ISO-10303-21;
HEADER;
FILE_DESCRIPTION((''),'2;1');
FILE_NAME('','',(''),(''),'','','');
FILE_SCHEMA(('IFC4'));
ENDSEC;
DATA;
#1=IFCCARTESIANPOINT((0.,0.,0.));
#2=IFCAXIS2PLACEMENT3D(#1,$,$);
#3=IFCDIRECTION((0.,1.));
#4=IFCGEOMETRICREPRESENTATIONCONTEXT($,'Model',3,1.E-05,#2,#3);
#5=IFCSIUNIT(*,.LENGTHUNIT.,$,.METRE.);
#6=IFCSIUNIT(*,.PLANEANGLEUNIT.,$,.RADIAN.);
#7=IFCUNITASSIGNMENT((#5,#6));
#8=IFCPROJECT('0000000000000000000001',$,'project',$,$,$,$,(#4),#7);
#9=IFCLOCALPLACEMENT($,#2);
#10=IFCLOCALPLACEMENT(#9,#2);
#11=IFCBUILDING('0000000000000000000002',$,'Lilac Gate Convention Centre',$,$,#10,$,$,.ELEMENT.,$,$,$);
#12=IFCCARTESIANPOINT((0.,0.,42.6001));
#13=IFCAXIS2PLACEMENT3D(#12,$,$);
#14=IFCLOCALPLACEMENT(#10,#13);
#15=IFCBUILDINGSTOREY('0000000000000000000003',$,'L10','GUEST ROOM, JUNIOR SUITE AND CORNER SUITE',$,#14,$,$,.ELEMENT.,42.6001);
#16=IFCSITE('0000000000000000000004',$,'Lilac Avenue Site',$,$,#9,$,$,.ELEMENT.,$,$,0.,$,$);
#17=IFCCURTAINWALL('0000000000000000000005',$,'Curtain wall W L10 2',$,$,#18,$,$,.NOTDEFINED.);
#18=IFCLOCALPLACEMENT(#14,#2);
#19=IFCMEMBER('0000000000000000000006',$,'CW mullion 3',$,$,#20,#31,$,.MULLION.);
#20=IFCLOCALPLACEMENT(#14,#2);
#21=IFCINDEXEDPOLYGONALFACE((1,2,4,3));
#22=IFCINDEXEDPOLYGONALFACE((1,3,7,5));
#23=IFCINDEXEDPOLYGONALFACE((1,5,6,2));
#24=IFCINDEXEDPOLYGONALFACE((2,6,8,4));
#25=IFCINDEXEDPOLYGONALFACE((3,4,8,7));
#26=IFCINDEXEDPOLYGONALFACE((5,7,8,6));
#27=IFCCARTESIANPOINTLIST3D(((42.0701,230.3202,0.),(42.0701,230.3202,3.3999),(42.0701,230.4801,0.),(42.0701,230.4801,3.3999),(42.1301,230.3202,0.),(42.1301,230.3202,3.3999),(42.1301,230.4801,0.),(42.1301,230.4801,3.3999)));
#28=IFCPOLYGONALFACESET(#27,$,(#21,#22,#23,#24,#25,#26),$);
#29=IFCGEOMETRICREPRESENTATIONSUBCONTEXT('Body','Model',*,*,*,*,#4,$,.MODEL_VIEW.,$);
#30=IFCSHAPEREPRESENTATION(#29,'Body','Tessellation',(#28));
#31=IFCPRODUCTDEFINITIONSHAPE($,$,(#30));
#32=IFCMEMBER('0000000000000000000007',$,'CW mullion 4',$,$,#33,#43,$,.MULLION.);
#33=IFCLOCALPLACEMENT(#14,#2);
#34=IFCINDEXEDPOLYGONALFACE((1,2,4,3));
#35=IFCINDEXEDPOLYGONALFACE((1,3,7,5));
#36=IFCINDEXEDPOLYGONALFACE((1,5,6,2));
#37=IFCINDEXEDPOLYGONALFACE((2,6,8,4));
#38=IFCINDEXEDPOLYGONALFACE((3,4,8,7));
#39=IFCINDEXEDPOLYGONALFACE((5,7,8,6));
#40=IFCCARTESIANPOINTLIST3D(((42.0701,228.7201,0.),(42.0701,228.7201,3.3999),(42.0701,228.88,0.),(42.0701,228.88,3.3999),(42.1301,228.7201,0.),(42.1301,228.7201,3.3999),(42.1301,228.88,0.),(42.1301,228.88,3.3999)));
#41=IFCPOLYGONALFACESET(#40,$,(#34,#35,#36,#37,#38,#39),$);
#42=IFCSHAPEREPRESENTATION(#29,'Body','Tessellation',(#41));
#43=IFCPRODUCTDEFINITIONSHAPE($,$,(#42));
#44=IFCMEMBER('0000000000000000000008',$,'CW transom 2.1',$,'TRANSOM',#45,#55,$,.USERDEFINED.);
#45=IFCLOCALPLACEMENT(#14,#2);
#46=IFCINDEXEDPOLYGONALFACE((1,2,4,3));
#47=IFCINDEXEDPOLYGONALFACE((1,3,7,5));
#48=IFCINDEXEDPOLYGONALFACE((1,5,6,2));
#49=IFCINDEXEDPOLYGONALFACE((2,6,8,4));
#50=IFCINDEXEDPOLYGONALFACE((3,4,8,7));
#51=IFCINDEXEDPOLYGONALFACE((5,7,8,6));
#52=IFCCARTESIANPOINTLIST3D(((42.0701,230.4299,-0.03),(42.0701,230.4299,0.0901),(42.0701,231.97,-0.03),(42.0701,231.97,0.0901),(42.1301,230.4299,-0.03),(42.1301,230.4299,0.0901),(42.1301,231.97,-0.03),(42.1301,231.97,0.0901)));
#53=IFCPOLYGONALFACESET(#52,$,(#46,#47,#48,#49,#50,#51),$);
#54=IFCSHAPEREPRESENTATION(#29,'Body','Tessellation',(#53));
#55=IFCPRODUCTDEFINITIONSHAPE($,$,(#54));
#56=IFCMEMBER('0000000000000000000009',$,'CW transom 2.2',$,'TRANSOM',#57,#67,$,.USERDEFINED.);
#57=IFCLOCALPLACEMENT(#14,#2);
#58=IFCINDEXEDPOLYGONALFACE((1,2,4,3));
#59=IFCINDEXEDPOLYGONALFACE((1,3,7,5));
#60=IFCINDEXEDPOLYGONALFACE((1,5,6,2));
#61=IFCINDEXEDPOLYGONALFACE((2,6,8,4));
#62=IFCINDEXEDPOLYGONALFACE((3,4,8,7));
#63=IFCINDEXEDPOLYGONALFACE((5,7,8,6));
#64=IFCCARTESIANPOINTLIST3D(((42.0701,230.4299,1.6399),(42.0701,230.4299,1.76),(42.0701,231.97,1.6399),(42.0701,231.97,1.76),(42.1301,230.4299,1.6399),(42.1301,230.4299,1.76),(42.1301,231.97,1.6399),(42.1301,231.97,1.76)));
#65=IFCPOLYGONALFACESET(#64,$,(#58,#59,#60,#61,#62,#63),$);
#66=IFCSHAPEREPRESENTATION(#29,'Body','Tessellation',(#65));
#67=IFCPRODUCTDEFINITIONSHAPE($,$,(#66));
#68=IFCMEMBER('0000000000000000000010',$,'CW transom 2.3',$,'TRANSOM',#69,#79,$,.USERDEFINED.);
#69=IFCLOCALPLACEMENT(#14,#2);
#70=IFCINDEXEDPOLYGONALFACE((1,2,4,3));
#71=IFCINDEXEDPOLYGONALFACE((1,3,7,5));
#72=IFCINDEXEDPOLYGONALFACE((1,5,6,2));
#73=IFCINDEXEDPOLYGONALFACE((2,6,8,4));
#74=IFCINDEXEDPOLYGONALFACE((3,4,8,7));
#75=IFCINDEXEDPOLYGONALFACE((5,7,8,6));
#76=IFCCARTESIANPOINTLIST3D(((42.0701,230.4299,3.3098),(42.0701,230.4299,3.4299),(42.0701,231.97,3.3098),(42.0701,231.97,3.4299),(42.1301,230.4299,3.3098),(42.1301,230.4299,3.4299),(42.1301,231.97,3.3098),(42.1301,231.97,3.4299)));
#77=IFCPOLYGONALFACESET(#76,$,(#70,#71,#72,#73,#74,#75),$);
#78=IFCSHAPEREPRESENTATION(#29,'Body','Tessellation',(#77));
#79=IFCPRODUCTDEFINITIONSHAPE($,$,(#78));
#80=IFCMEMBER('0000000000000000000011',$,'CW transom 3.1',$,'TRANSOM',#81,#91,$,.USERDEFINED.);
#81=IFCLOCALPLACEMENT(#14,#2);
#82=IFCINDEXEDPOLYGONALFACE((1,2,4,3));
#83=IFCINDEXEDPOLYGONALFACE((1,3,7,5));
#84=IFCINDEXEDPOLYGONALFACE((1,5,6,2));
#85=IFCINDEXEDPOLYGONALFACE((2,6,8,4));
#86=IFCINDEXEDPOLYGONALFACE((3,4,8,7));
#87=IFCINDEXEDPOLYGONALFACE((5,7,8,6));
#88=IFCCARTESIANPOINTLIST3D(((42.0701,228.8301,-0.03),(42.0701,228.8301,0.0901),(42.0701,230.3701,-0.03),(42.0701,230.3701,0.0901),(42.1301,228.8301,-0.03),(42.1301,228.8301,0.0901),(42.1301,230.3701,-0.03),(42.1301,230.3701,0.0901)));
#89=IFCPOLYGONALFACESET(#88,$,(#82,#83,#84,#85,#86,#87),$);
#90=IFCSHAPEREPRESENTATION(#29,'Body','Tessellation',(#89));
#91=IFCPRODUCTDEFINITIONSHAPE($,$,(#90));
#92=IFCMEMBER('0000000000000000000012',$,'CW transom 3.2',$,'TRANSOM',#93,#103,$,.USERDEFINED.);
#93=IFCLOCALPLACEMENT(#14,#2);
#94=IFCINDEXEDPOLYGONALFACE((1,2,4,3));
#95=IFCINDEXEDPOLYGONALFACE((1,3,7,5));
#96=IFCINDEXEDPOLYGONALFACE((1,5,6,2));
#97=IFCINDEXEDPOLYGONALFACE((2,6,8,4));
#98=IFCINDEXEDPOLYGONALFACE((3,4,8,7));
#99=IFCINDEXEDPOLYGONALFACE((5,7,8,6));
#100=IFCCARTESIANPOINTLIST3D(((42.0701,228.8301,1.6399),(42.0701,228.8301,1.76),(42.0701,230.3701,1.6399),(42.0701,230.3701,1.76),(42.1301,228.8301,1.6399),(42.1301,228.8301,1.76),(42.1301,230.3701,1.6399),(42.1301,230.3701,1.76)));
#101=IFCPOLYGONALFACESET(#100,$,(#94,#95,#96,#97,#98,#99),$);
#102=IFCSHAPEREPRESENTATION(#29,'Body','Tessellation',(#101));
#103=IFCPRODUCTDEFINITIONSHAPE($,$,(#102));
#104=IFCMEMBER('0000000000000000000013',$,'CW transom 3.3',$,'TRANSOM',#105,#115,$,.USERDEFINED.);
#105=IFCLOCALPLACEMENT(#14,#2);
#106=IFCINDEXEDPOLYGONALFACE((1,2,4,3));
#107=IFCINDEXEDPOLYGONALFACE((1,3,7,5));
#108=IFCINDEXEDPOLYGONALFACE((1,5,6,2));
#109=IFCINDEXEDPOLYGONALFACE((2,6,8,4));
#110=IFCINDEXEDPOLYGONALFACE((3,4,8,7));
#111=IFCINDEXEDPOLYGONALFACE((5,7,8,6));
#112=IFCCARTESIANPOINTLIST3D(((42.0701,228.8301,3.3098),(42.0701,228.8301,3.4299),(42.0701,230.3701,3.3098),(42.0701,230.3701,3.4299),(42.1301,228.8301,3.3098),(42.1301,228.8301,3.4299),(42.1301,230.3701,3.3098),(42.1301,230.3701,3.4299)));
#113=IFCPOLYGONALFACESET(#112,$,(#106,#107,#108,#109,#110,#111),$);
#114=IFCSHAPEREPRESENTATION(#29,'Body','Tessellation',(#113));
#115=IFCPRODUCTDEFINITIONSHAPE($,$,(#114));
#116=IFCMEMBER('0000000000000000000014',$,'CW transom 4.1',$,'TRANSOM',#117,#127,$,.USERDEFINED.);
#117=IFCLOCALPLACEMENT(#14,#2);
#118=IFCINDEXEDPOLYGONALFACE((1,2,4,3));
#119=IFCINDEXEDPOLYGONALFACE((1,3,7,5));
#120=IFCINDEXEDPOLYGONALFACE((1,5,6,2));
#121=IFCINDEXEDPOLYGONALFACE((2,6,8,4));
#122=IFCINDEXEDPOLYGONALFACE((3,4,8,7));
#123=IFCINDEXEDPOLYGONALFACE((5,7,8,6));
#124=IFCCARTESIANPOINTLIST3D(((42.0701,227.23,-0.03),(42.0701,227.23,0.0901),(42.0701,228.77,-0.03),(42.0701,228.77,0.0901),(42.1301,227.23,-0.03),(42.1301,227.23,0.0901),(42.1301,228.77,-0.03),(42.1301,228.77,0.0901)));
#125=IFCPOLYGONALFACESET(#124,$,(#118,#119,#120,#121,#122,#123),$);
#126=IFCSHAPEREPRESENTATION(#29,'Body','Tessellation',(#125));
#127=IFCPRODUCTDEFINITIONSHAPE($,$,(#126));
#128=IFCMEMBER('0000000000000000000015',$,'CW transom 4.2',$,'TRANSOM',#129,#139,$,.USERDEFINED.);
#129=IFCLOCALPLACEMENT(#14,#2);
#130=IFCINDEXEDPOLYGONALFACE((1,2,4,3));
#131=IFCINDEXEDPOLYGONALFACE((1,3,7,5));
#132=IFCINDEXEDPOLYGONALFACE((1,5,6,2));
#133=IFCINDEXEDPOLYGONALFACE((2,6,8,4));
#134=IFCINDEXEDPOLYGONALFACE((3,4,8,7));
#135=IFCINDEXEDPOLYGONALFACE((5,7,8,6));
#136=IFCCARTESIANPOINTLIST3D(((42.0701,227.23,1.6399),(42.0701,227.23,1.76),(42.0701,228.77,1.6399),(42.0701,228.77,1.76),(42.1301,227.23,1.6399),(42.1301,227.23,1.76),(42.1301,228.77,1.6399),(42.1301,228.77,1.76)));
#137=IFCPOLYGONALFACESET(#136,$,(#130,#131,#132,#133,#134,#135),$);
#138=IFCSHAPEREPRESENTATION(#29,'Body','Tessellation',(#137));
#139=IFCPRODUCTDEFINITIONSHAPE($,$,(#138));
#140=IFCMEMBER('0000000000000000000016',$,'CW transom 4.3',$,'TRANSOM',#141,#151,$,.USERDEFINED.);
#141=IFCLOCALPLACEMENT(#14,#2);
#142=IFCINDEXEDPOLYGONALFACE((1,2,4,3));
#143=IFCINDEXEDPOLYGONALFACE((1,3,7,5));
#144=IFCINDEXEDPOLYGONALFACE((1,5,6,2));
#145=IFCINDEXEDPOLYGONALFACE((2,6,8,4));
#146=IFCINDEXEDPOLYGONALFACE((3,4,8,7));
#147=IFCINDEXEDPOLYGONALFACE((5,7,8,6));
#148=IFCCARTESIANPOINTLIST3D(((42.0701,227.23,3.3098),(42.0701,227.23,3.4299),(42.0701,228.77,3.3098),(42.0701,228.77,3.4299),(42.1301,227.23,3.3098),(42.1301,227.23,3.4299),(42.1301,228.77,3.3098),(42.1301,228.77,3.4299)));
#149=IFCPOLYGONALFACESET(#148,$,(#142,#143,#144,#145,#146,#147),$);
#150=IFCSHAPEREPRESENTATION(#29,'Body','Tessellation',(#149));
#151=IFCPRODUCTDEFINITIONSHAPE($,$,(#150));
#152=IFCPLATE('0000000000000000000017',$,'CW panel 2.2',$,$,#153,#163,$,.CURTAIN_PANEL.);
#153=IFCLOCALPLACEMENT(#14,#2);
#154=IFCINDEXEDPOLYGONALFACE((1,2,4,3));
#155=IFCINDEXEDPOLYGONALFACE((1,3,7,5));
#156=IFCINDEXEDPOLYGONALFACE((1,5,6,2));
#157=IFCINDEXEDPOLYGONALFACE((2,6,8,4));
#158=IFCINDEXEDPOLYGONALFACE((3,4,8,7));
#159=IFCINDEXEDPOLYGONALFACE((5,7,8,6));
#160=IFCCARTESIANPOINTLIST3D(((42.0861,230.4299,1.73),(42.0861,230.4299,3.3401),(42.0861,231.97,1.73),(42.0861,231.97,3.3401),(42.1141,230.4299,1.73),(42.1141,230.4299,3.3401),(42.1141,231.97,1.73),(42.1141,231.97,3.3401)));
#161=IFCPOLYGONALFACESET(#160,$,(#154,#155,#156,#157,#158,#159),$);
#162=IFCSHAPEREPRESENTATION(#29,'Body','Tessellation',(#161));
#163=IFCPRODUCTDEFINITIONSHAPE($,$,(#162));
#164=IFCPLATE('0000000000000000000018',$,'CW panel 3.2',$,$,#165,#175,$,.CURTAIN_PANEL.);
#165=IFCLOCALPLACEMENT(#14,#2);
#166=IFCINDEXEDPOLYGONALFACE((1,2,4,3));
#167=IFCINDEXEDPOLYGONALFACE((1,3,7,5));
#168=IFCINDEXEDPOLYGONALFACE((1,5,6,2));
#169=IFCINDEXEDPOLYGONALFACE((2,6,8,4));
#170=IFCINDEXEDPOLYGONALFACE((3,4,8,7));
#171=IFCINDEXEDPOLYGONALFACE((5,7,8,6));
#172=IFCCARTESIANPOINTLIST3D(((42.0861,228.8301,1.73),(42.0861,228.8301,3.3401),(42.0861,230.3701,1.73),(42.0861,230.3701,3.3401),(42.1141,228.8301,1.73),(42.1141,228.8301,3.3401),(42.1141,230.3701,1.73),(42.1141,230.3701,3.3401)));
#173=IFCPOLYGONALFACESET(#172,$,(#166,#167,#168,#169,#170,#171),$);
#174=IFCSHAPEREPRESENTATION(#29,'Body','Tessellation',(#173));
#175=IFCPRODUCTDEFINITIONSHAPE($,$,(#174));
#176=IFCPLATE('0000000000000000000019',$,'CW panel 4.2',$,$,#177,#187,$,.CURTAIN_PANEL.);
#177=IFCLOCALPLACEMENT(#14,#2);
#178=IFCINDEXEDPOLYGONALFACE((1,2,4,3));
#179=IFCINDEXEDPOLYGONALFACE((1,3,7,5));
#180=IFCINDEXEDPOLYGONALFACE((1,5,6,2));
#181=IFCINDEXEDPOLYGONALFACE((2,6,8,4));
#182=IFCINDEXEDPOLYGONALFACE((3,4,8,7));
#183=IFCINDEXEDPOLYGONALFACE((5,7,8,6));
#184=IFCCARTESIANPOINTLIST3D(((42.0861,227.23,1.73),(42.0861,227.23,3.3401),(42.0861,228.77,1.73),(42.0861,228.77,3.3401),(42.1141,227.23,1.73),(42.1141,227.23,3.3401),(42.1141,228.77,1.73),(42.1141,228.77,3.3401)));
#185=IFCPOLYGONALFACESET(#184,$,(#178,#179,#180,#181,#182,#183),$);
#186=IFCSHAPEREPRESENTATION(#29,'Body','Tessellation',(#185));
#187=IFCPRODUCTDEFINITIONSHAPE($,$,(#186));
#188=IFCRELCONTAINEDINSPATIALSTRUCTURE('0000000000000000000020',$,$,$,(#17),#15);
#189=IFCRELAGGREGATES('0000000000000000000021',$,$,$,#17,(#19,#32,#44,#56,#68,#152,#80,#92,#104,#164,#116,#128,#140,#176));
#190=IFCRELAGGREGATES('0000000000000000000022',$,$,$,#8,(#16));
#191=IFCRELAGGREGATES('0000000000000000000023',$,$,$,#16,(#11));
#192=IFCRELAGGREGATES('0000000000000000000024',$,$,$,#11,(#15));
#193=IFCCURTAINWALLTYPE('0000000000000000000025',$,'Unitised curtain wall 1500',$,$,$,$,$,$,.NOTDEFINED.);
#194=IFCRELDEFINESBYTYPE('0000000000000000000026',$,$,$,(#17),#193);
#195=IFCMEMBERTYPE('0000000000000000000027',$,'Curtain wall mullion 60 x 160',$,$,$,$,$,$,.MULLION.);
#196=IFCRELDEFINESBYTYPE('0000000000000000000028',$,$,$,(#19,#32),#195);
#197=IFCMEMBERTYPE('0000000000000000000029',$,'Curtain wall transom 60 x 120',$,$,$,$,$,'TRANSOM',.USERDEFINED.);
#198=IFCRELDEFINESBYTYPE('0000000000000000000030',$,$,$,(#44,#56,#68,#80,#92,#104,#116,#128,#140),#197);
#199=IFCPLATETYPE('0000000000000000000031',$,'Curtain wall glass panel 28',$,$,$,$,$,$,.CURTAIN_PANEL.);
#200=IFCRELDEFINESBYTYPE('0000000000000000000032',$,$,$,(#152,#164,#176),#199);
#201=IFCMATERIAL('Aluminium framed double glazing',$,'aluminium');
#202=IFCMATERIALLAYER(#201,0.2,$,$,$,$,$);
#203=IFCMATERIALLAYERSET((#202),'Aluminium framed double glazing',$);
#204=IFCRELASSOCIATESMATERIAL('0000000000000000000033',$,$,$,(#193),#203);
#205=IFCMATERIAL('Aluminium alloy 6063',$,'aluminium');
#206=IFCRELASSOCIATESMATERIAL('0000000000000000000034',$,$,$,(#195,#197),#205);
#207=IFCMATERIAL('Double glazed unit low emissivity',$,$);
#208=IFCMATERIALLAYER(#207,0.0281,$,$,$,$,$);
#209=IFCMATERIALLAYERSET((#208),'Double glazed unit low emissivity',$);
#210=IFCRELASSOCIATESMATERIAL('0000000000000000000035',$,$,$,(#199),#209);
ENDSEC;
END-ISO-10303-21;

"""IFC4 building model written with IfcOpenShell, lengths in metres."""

from ifc_helpers import new_model, si_unit, direction, frame, origin, origin_2d, place, context, subcontext, project, spatial, rectangle, extrude, material, layer, layer_set, material_profile, profile_set, type_object, element, aggregate, save


model = new_model("IFC4")

# Units and contexts
model_context = context("Model", 3, precision=1e-05, world=origin(), true_north=direction((0.0, 1.0)))
body_context = subcontext(model_context, "Body", "Model", "MODEL_VIEW")
ifc_project = project(units=[si_unit("LENGTHUNIT", "METRE"), si_unit("PLANEANGLEUNIT", "RADIAN")], contexts=[model_context])

# Site, building, storey
site_placement = place(None, origin())
site = spatial("IfcSite", under=ifc_project, at=site_placement, Name="Lilac Avenue Site", CompositionType="ELEMENT", RefElevation=0.0)
building_placement = place(site_placement, origin())
building = spatial("IfcBuilding", under=site, at=building_placement, Name="Lilac Gate Convention Centre", CompositionType="ELEMENT")
storey_placement = place(building_placement, frame((0.0, 0.0, 42.6001)))
storey = spatial("IfcBuildingStorey", under=building, at=storey_placement, Name="L10", Description="GUEST ROOM, JUNIOR SUITE AND CORNER SUITE", CompositionType="ELEMENT", Elevation=42.6001)

# Curtain wall, members, plates
ifc_material_1 = material(Name="Aluminium framed double glazing", Category="aluminium")
ifc_layer_1 = layer(ifc_material_1, 0.2)
ifc_layer_set_1 = layer_set([ifc_layer_1], Name="Aluminium framed double glazing")
curtain_wall_type = type_object("IfcCurtainWallType", Name="Unitised curtain wall 1500", PredefinedType="NOTDEFINED", material=ifc_layer_set_1)
curtain_wall_placement = place(storey_placement, origin())
curtain_wall = element("IfcCurtainWall", 1, at=curtain_wall_placement, inside=storey, type_object=curtain_wall_type, Name="Curtain wall W L10 2", PredefinedType="NOTDEFINED")
ifc_material_2 = material(Name="Aluminium alloy 6063", Category="aluminium")
ifc_material_profile_1 = material_profile(ifc_material_2, rectangle(XDim=0.0601, YDim=0.1599, at=origin_2d()), Name="Curtain wall mullion 60 x 160")
ifc_profile_set_1 = profile_set([ifc_material_profile_1], Name="Aluminium alloy 6063")
member_type_1 = type_object("IfcMemberType", Name="Curtain wall mullion 60 x 160", PredefinedType="MULLION", material=ifc_profile_set_1)
member_1_placement = place(storey_placement, frame((42.1001, 230.4001, 0.0), z_axis=(0.0, 0.0, 1.0), x_axis=(1.0, 0.0, 0.0)))
member_1 = element("IfcMember", 2, at=member_1_placement, type_object=member_type_1, Name="CW mullion 3", PredefinedType="MULLION", context=body_context, shape_type="SweptSolid", body=[
    extrude(rectangle(XDim=0.0601, YDim=0.1599, at=origin_2d()), origin(), (0.0, 0.0, 1.0), 3.3999),
])
member_2_placement = place(storey_placement, frame((42.1001, 228.8, 0.0), z_axis=(0.0, 0.0, 1.0), x_axis=(1.0, 0.0, 0.0)))
member_2 = element("IfcMember", 3, at=member_2_placement, type_object=member_type_1, Name="CW mullion 4", PredefinedType="MULLION", context=body_context, shape_type="SweptSolid", body=[
    extrude(rectangle(XDim=0.0601, YDim=0.1599, at=origin_2d()), origin(), (0.0, 0.0, 1.0), 3.3999),
])
ifc_material_profile_2 = material_profile(ifc_material_2, rectangle(XDim=0.0601, YDim=0.1201, at=origin_2d()), Name="Curtain wall transom 60 x 120")
ifc_profile_set_2 = profile_set([ifc_material_profile_2], Name="Aluminium alloy 6063")
member_type_2 = type_object("IfcMemberType", Name="Curtain wall transom 60 x 120", ElementType="TRANSOM", PredefinedType="USERDEFINED", material=ifc_profile_set_2)
member_3_placement = place(storey_placement, frame((42.1001, 231.97, 0.03), z_axis=(0.0, -1.0, 0.0), x_axis=(1.0, 0.0, 0.0)))
member_3 = element("IfcMember", 4, at=member_3_placement, type_object=member_type_2, Name="CW transom 2.1", ObjectType="TRANSOM", PredefinedType="USERDEFINED", context=body_context, shape_type="SweptSolid", body=[
    extrude(rectangle(XDim=0.0601, YDim=0.1201, at=origin_2d()), origin(), (0.0, 0.0, 1.0), 1.54),
])
member_4_placement = place(storey_placement, frame((42.1001, 231.97, 1.7), z_axis=(0.0, -1.0, 0.0), x_axis=(1.0, 0.0, 0.0)))
member_4 = element("IfcMember", 5, at=member_4_placement, type_object=member_type_2, Name="CW transom 2.2", ObjectType="TRANSOM", PredefinedType="USERDEFINED", context=body_context, shape_type="SweptSolid", body=[
    extrude(rectangle(XDim=0.0601, YDim=0.1201, at=origin_2d()), origin(), (0.0, 0.0, 1.0), 1.54),
])
member_5_placement = place(storey_placement, frame((42.1001, 231.97, 3.3699), z_axis=(0.0, -1.0, 0.0), x_axis=(1.0, 0.0, 0.0)))
member_5 = element("IfcMember", 6, at=member_5_placement, type_object=member_type_2, Name="CW transom 2.3", ObjectType="TRANSOM", PredefinedType="USERDEFINED", context=body_context, shape_type="SweptSolid", body=[
    extrude(rectangle(XDim=0.0601, YDim=0.1201, at=origin_2d()), origin(), (0.0, 0.0, 1.0), 1.54),
])
member_6_placement = place(storey_placement, frame((42.1001, 230.3701, 0.03), z_axis=(0.0, -1.0, 0.0), x_axis=(1.0, 0.0, 0.0)))
member_6 = element("IfcMember", 7, at=member_6_placement, type_object=member_type_2, Name="CW transom 3.1", ObjectType="TRANSOM", PredefinedType="USERDEFINED", context=body_context, shape_type="SweptSolid", body=[
    extrude(rectangle(XDim=0.0601, YDim=0.1201, at=origin_2d()), origin(), (0.0, 0.0, 1.0), 1.54),
])
member_7_placement = place(storey_placement, frame((42.1001, 230.3701, 1.7), z_axis=(0.0, -1.0, 0.0), x_axis=(1.0, 0.0, 0.0)))
member_7 = element("IfcMember", 8, at=member_7_placement, type_object=member_type_2, Name="CW transom 3.2", ObjectType="TRANSOM", PredefinedType="USERDEFINED", context=body_context, shape_type="SweptSolid", body=[
    extrude(rectangle(XDim=0.0601, YDim=0.1201, at=origin_2d()), origin(), (0.0, 0.0, 1.0), 1.54),
])
member_8_placement = place(storey_placement, frame((42.1001, 230.3701, 3.3699), z_axis=(0.0, -1.0, 0.0), x_axis=(1.0, 0.0, 0.0)))
member_8 = element("IfcMember", 9, at=member_8_placement, type_object=member_type_2, Name="CW transom 3.3", ObjectType="TRANSOM", PredefinedType="USERDEFINED", context=body_context, shape_type="SweptSolid", body=[
    extrude(rectangle(XDim=0.0601, YDim=0.1201, at=origin_2d()), origin(), (0.0, 0.0, 1.0), 1.54),
])
member_9_placement = place(storey_placement, frame((42.1001, 228.77, 0.03), z_axis=(0.0, -1.0, 0.0), x_axis=(1.0, 0.0, 0.0)))
member_9 = element("IfcMember", 10, at=member_9_placement, type_object=member_type_2, Name="CW transom 4.1", ObjectType="TRANSOM", PredefinedType="USERDEFINED", context=body_context, shape_type="SweptSolid", body=[
    extrude(rectangle(XDim=0.0601, YDim=0.1201, at=origin_2d()), origin(), (0.0, 0.0, 1.0), 1.54),
])
member_10_placement = place(storey_placement, frame((42.1001, 228.77, 1.7), z_axis=(0.0, -1.0, 0.0), x_axis=(1.0, 0.0, 0.0)))
member_10 = element("IfcMember", 11, at=member_10_placement, type_object=member_type_2, Name="CW transom 4.2", ObjectType="TRANSOM", PredefinedType="USERDEFINED", context=body_context, shape_type="SweptSolid", body=[
    extrude(rectangle(XDim=0.0601, YDim=0.1201, at=origin_2d()), origin(), (0.0, 0.0, 1.0), 1.54),
])
member_11_placement = place(storey_placement, frame((42.1001, 228.77, 3.3699), z_axis=(0.0, -1.0, 0.0), x_axis=(1.0, 0.0, 0.0)))
member_11 = element("IfcMember", 12, at=member_11_placement, type_object=member_type_2, Name="CW transom 4.3", ObjectType="TRANSOM", PredefinedType="USERDEFINED", context=body_context, shape_type="SweptSolid", body=[
    extrude(rectangle(XDim=0.0601, YDim=0.1201, at=origin_2d()), origin(), (0.0, 0.0, 1.0), 1.54),
])
ifc_material_3 = material(Name="Double glazed unit low emissivity")
ifc_layer_2 = layer(ifc_material_3, 0.0281)
ifc_layer_set_2 = layer_set([ifc_layer_2], Name="Double glazed unit low emissivity")
plate_type_1 = type_object("IfcPlateType", Name="Curtain wall glass panel 28", PredefinedType="CURTAIN_PANEL", material=ifc_layer_set_2)
plate_1_placement = place(storey_placement, frame((42.1001, 231.2, 1.73), z_axis=(0.0, 0.0, 1.0), x_axis=(0.0, -1.0, 0.0)))
plate_1 = element("IfcPlate", 13, at=plate_1_placement, type_object=plate_type_1, Name="CW panel 2.2", PredefinedType="CURTAIN_PANEL", context=body_context, shape_type="SweptSolid", body=[
    extrude(rectangle(XDim=1.54, YDim=0.0281, at=origin_2d()), origin(), (0.0, 0.0, 1.0), 1.6101),
])
plate_2_placement = place(storey_placement, frame((42.1001, 229.6001, 1.73), z_axis=(0.0, 0.0, 1.0), x_axis=(0.0, -1.0, 0.0)))
plate_2 = element("IfcPlate", 14, at=plate_2_placement, type_object=plate_type_1, Name="CW panel 3.2", PredefinedType="CURTAIN_PANEL", context=body_context, shape_type="SweptSolid", body=[
    extrude(rectangle(XDim=1.54, YDim=0.0281, at=origin_2d()), origin(), (0.0, 0.0, 1.0), 1.6101),
])
plate_3_placement = place(storey_placement, frame((42.1001, 228.0, 1.73), z_axis=(0.0, 0.0, 1.0), x_axis=(0.0, -1.0, 0.0)))
plate_3 = element("IfcPlate", 15, at=plate_3_placement, type_object=plate_type_1, Name="CW panel 4.2", PredefinedType="CURTAIN_PANEL", context=body_context, shape_type="SweptSolid", body=[
    extrude(rectangle(XDim=1.54, YDim=0.0281, at=origin_2d()), origin(), (0.0, 0.0, 1.0), 1.6101),
])
aggregate(curtain_wall, [member_1, member_2, member_3, member_4, member_5, plate_1, member_6, member_7, member_8, plate_2, member_9, member_10, member_11, plate_3])

save(model, "model.ifc")
